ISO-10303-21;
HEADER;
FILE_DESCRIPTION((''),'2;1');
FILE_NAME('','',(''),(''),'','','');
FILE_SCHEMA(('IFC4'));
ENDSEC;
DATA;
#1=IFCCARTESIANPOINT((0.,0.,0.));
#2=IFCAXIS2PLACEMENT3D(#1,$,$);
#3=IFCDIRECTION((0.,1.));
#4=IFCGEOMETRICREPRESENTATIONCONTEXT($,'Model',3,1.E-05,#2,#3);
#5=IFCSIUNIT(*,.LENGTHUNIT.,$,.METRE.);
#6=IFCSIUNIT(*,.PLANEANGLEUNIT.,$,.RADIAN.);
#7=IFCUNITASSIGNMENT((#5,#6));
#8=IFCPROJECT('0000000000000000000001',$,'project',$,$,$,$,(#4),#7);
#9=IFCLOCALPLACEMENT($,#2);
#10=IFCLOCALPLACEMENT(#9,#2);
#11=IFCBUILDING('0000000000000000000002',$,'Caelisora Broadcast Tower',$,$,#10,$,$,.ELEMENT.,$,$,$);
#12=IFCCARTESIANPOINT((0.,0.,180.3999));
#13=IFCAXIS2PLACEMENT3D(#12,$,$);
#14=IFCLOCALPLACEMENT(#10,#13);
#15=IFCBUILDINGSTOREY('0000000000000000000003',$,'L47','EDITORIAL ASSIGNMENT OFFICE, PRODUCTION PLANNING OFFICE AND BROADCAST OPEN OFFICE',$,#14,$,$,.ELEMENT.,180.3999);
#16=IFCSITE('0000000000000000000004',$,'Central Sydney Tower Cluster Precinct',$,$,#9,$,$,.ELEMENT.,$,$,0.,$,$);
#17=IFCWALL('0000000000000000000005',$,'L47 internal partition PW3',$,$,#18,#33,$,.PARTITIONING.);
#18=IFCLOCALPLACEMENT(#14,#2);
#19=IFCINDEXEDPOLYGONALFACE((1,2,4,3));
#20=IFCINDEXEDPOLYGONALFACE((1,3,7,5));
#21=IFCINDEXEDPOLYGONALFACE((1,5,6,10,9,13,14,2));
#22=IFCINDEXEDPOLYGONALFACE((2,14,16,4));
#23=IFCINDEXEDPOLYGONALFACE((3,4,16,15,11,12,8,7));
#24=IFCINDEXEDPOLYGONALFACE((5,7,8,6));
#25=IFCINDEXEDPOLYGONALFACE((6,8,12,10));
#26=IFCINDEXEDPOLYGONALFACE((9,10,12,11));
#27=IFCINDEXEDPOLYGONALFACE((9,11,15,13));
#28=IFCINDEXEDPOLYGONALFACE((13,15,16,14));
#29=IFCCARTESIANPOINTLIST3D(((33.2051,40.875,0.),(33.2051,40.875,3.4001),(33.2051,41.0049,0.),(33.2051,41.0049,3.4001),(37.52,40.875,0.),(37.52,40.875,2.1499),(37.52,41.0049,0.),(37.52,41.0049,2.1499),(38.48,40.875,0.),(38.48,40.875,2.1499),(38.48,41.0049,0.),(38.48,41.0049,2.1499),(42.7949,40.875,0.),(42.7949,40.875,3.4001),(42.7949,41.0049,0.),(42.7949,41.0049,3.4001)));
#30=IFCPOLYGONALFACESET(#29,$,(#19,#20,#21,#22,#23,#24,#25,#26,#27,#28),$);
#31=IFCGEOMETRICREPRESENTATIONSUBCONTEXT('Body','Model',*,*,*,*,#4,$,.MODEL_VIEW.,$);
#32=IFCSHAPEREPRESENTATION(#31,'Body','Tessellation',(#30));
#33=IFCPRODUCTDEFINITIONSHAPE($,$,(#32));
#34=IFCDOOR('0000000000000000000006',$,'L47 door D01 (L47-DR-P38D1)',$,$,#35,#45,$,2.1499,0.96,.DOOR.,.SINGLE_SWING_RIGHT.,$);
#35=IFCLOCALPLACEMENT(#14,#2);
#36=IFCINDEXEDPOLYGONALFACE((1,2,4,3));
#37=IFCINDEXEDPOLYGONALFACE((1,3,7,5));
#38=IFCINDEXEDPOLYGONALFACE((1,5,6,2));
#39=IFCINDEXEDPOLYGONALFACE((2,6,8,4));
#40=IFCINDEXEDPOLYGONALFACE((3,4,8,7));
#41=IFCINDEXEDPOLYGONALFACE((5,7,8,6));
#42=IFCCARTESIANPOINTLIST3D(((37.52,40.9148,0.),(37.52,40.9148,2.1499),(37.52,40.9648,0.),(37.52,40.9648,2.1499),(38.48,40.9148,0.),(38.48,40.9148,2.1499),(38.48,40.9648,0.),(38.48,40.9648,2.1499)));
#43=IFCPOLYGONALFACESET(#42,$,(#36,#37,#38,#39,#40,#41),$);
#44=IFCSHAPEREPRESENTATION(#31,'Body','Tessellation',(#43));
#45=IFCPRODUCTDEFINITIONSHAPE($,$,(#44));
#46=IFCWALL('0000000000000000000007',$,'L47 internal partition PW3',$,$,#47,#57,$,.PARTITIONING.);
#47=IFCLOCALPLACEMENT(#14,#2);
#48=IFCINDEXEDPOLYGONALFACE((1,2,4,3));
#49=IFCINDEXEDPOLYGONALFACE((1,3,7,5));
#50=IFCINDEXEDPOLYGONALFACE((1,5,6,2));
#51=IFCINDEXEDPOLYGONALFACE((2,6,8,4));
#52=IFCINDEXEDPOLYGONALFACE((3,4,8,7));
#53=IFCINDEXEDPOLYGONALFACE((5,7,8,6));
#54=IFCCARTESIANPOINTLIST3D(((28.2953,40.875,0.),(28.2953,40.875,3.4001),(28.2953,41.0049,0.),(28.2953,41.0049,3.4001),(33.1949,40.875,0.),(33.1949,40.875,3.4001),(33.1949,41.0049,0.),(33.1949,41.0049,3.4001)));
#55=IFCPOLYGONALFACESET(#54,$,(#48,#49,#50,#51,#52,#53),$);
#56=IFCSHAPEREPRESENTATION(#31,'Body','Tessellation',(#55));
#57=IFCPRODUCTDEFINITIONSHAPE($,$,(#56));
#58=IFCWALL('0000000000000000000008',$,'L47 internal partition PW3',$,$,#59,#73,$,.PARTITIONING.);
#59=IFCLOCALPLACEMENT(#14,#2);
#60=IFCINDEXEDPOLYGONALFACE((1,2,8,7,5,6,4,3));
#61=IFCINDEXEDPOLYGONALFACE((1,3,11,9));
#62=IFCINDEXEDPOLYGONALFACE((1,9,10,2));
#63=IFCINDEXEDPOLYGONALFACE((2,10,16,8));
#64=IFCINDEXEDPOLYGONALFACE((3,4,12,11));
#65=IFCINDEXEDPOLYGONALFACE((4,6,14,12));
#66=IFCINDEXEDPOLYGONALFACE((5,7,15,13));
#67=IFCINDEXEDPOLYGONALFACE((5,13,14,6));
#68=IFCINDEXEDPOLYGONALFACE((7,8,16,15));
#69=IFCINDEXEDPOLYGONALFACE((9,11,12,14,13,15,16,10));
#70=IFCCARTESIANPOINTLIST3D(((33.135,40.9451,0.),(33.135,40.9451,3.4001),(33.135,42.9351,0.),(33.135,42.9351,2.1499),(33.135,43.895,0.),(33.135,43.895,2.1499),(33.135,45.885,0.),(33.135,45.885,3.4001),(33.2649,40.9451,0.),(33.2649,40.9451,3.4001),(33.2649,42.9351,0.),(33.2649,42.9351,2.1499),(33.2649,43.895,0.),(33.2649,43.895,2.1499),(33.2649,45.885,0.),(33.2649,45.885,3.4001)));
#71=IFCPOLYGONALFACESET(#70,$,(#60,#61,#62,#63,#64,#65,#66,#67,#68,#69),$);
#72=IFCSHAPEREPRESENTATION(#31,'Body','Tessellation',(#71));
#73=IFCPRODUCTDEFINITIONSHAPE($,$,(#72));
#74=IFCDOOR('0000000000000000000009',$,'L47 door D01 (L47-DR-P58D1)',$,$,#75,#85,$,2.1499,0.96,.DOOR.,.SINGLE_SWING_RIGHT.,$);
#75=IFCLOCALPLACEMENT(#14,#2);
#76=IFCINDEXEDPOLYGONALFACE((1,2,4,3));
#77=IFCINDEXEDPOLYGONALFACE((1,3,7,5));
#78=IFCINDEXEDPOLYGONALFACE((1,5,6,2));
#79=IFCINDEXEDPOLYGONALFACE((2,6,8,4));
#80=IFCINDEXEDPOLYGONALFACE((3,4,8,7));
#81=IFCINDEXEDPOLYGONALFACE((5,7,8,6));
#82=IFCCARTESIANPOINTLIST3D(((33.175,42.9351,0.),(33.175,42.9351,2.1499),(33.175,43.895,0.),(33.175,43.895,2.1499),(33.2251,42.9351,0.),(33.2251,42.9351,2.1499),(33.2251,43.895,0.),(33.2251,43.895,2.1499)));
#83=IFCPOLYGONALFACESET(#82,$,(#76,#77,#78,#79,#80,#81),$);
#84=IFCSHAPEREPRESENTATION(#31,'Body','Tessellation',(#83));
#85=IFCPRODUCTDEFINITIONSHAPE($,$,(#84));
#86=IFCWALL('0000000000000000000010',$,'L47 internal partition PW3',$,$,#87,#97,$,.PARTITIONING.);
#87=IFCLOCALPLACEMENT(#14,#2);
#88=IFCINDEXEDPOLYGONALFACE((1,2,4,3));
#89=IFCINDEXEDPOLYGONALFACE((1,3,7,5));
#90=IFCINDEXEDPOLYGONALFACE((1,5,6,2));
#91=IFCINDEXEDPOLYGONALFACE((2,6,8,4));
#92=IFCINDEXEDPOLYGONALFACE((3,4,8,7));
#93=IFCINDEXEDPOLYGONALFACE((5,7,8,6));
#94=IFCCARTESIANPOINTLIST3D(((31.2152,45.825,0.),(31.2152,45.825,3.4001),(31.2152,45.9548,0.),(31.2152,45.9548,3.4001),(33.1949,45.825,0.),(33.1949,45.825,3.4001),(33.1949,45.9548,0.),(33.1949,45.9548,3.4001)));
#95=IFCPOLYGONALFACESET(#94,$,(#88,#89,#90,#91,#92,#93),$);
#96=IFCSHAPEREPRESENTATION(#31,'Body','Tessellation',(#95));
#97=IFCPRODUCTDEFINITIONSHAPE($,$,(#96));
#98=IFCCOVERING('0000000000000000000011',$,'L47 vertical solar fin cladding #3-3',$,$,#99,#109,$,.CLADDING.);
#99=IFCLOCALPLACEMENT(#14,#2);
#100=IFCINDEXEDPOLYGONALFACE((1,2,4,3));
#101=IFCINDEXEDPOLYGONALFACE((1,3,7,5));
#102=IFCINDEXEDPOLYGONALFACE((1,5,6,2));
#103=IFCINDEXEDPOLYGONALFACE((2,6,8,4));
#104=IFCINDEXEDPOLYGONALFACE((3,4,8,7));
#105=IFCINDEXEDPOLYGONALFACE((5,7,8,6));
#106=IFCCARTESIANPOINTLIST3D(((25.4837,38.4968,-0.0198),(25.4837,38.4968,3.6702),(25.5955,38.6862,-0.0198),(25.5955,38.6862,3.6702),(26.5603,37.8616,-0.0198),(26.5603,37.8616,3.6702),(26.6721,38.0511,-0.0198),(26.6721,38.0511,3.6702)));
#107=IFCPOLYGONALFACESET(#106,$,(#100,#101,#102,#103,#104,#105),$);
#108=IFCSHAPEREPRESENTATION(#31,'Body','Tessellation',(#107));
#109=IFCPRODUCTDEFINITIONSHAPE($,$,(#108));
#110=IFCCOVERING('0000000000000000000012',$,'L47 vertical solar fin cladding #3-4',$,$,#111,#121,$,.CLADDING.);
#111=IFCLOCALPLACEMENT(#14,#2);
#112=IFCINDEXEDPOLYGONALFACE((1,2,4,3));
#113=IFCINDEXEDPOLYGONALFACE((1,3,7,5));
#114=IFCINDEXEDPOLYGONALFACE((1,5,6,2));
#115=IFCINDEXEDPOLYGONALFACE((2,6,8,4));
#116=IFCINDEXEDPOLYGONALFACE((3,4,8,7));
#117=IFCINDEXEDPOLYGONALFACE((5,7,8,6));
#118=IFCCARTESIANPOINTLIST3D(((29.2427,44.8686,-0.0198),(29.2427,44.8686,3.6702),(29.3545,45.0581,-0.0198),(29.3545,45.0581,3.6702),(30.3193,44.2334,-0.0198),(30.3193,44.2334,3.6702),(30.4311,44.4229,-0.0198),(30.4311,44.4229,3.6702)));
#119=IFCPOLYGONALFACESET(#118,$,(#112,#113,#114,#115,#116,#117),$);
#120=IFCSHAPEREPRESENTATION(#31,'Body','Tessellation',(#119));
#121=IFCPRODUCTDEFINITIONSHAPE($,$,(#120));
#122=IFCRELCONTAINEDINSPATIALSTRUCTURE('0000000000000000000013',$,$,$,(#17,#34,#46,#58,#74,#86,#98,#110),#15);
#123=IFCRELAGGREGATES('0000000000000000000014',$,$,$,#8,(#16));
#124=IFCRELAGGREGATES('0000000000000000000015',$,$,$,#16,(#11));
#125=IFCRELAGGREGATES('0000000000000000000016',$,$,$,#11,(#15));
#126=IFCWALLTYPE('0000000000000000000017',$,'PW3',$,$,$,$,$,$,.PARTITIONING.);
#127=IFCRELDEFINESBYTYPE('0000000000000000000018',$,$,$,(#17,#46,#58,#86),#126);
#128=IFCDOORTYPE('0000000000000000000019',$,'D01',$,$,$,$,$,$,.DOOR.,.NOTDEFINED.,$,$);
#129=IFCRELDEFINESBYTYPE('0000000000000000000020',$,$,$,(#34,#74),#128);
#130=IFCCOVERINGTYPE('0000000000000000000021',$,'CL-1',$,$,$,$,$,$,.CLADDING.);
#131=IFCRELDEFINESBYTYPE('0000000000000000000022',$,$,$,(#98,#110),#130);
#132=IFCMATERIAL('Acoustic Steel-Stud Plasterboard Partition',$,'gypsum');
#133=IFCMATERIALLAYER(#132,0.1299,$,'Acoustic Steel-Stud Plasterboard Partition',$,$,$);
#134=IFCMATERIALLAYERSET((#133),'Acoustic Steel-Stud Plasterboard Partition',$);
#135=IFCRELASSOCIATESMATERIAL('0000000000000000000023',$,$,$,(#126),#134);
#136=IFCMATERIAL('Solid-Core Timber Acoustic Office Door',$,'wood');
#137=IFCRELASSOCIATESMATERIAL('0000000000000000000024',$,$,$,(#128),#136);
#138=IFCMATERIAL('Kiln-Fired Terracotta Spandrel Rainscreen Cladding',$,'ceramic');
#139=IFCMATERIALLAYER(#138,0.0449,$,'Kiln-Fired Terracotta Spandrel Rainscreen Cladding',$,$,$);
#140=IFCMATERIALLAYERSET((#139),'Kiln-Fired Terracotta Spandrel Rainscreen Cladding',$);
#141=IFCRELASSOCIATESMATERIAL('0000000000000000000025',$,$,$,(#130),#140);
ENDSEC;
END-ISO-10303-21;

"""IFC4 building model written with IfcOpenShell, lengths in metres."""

from ifc_helpers import new_model, si_unit, direction, frame, frame_2d, origin, origin_2d, place, context, subcontext, project, spatial, rectangle, extrude, source, transform, mapped, material, layer, layer_set, type_object, type_shapes, element, fill, save


model = new_model("IFC4")

# Units and contexts
model_context = context("Model", 3, precision=1e-05, world=origin(), true_north=direction((0.0, 1.0)))
body_context = subcontext(model_context, "Body", "Model", "MODEL_VIEW")
ifc_project = project(units=[si_unit("LENGTHUNIT", "METRE"), si_unit("PLANEANGLEUNIT", "RADIAN")], contexts=[model_context])

# Site, building, storey
site_placement = place(None, origin())
site = spatial("IfcSite", under=ifc_project, at=site_placement, Name="Central Sydney Tower Cluster Precinct", CompositionType="ELEMENT", RefElevation=0.0)
building_placement = place(site_placement, origin())
building = spatial("IfcBuilding", under=site, at=building_placement, Name="Caelisora Broadcast Tower", CompositionType="ELEMENT")
storey_placement = place(building_placement, frame((0.0, 0.0, 180.3999)))
storey = spatial("IfcBuildingStorey", under=building, at=storey_placement, Name="L47", Description="EDITORIAL ASSIGNMENT OFFICE, PRODUCTION PLANNING OFFICE AND BROADCAST OPEN OFFICE", CompositionType="ELEMENT", Elevation=180.3999)

# Wall, opening, door
ifc_material_1 = material(Name="Acoustic Steel-Stud Plasterboard Partition", Category="gypsum")
ifc_layer_1 = layer(ifc_material_1, 0.1299, Name="Acoustic Steel-Stud Plasterboard Partition")
ifc_layer_set_1 = layer_set([ifc_layer_1], Name="Acoustic Steel-Stud Plasterboard Partition")
wall_type_1 = type_object("IfcWallType", Name="PW3", PredefinedType="PARTITIONING", material=ifc_layer_set_1)
ifc_material_2 = material(Name="Solid-Core Timber Acoustic Office Door", Category="wood")
door_type = type_object("IfcDoorType", Name="D01", OperationType="NOTDEFINED", PredefinedType="DOOR", material=ifc_material_2)
wall_1_placement = place(storey_placement, frame((33.2051, 40.9399, 0.0), z_axis=(0.0, 0.0, 1.0), x_axis=(1.0, 0.0, 0.0)))
wall_1 = element("IfcWall", 1, at=wall_1_placement, inside=storey, type_object=wall_type_1, Name="L47 internal partition PW3", PredefinedType="PARTITIONING", context=body_context, shape_type="SweptSolid", body=[
    extrude(rectangle(XDim=9.5898, YDim=0.1299, at=frame_2d((4.7949, 0.0))), origin(), (0.0, 0.0, 1.0), 3.4001),
])
opening_1_placement = place(wall_1_placement, frame((4.3149, 0.0, 0.0)))
opening_1 = element("IfcOpeningElement", 2, at=opening_1_placement, cuts=wall_1, PredefinedType="OPENING", context=body_context, shape_type="SweptSolid", body=[
    extrude(rectangle(XDim=0.96, YDim=2.1499, at=frame_2d((0.48, 1.075))), frame((0.0, 0.0769, 0.0), z_axis=(0.0, -1.0, 0.0), x_axis=(1.0, 0.0, 0.0)), (0.0, 0.0, 1.0), 0.1538),
])
door_1_placement = place(opening_1_placement, origin())
door_1 = element("IfcDoor", 3, at=door_1_placement, inside=storey, type_object=door_type, Name="L47 door D01 (L47-DR-P38D1)", OperationType="SINGLE_SWING_RIGHT", OverallHeight=2.1499, OverallWidth=0.96, PredefinedType="DOOR", context=body_context, shape_type="SweptSolid", body=[
    extrude(rectangle(XDim=0.96, YDim=2.1499, at=frame_2d((0.48, 1.075))), frame((0.0, 0.0249, 0.0), z_axis=(0.0, -1.0, 0.0), x_axis=(1.0, 0.0, 0.0)), (0.0, 0.0, 1.0), 0.05),
])
fill(opening_1, door_1)

# Wall
wall_2_placement = place(storey_placement, frame((28.2954, 40.9399, 0.0), z_axis=(0.0, 0.0, 1.0), x_axis=(1.0, 0.0, 0.0)))
element("IfcWall", 4, at=wall_2_placement, inside=storey, type_object=wall_type_1, Name="L47 internal partition PW3", PredefinedType="PARTITIONING", context=body_context, shape_type="SweptSolid", body=[
    extrude(rectangle(XDim=4.8997, YDim=0.1299, at=frame_2d((2.4497, 0.0))), origin(), (0.0, 0.0, 1.0), 3.4001),
])

# Wall, opening, door
wall_3_placement = place(storey_placement, frame((33.2, 40.9451, 0.0), z_axis=(0.0, 0.0, 1.0), x_axis=(0.0, 1.0, 0.0)))
wall_3 = element("IfcWall", 5, at=wall_3_placement, inside=storey, type_object=wall_type_1, Name="L47 internal partition PW3", PredefinedType="PARTITIONING", context=body_context, shape_type="SweptSolid", body=[
    extrude(rectangle(XDim=4.9399, YDim=0.1299, at=frame_2d((2.47, 0.0))), origin(), (0.0, 0.0, 1.0), 3.4001),
])
opening_2_placement = place(wall_3_placement, frame((1.99, 0.0, 0.0)))
opening_2 = element("IfcOpeningElement", 6, at=opening_2_placement, cuts=wall_3, PredefinedType="OPENING", context=body_context, shape_type="SweptSolid", body=[
    extrude(rectangle(XDim=0.96, YDim=2.1499, at=frame_2d((0.48, 1.075))), frame((0.0, 0.0769, 0.0), z_axis=(0.0, -1.0, 0.0), x_axis=(1.0, 0.0, 0.0)), (0.0, 0.0, 1.0), 0.1538),
])
door_2_placement = place(opening_2_placement, origin())
door_2 = element("IfcDoor", 7, at=door_2_placement, inside=storey, type_object=door_type, Name="L47 door D01 (L47-DR-P58D1)", OperationType="SINGLE_SWING_RIGHT", OverallHeight=2.1499, OverallWidth=0.96, PredefinedType="DOOR", context=body_context, shape_type="SweptSolid", body=[
    extrude(rectangle(XDim=0.96, YDim=2.1499, at=frame_2d((0.48, 1.075))), frame((0.0, 0.0249, 0.0), z_axis=(0.0, -1.0, 0.0), x_axis=(1.0, 0.0, 0.0)), (0.0, 0.0, 1.0), 0.05),
])
fill(opening_2, door_2)

# Wall
wall_4_placement = place(storey_placement, frame((31.2153, 45.8899, 0.0), z_axis=(0.0, 0.0, 1.0), x_axis=(1.0, 0.0, 0.0)))
element("IfcWall", 8, at=wall_4_placement, inside=storey, type_object=wall_type_1, Name="L47 internal partition PW3", PredefinedType="PARTITIONING", context=body_context, shape_type="SweptSolid", body=[
    extrude(rectangle(XDim=1.9797, YDim=0.1299, at=frame_2d((0.9897, 0.0))), origin(), (0.0, 0.0, 1.0), 3.4001),
])

# Coverings
ifc_material_3 = material(Name="Kiln-Fired Terracotta Spandrel Rainscreen Cladding", Category="ceramic")
ifc_layer_2 = layer(ifc_material_3, 0.0449, Name="Kiln-Fired Terracotta Spandrel Rainscreen Cladding")
ifc_layer_set_2 = layer_set([ifc_layer_2], Name="Kiln-Fired Terracotta Spandrel Rainscreen Cladding")
covering_type = type_object("IfcCoveringType", Name="CL-1", PredefinedType="CLADDING", material=ifc_layer_set_2)
shared_shape_1 = source(origin(), body_context, "Body", "SweptSolid", [
    extrude(rectangle(XDim=0.22, YDim=1.25, at=origin_2d()), origin(), (0.0, 0.0, 1.0), 3.6899),
])
type_shapes(covering_type, [shared_shape_1])
for number, where, z_axis, x_axis, name in (
    (9, (26.0779, 38.2739, -0.0198), (0.0, 0.0, 1.0), (0.50814, 0.861275, 0.0), "L47 vertical solar fin cladding #3-3"),
    (10, (29.8369, 44.6458, -0.0198), (0.0, 0.0, 1.0), (0.50814, 0.861275, 0.0), "L47 vertical solar fin cladding #3-4"),
):
    element("IfcCovering", number, at=place(storey_placement, frame(where, z_axis=z_axis, x_axis=x_axis)), inside=storey, type_object=covering_type, Name=name, PredefinedType="CLADDING", context=body_context, shape_type="MappedRepresentation", body=[
        mapped(shared_shape_1, transform((0.0, 0.0, 0.0), scale=1.0)),
    ])

save(model, "model.ifc")
